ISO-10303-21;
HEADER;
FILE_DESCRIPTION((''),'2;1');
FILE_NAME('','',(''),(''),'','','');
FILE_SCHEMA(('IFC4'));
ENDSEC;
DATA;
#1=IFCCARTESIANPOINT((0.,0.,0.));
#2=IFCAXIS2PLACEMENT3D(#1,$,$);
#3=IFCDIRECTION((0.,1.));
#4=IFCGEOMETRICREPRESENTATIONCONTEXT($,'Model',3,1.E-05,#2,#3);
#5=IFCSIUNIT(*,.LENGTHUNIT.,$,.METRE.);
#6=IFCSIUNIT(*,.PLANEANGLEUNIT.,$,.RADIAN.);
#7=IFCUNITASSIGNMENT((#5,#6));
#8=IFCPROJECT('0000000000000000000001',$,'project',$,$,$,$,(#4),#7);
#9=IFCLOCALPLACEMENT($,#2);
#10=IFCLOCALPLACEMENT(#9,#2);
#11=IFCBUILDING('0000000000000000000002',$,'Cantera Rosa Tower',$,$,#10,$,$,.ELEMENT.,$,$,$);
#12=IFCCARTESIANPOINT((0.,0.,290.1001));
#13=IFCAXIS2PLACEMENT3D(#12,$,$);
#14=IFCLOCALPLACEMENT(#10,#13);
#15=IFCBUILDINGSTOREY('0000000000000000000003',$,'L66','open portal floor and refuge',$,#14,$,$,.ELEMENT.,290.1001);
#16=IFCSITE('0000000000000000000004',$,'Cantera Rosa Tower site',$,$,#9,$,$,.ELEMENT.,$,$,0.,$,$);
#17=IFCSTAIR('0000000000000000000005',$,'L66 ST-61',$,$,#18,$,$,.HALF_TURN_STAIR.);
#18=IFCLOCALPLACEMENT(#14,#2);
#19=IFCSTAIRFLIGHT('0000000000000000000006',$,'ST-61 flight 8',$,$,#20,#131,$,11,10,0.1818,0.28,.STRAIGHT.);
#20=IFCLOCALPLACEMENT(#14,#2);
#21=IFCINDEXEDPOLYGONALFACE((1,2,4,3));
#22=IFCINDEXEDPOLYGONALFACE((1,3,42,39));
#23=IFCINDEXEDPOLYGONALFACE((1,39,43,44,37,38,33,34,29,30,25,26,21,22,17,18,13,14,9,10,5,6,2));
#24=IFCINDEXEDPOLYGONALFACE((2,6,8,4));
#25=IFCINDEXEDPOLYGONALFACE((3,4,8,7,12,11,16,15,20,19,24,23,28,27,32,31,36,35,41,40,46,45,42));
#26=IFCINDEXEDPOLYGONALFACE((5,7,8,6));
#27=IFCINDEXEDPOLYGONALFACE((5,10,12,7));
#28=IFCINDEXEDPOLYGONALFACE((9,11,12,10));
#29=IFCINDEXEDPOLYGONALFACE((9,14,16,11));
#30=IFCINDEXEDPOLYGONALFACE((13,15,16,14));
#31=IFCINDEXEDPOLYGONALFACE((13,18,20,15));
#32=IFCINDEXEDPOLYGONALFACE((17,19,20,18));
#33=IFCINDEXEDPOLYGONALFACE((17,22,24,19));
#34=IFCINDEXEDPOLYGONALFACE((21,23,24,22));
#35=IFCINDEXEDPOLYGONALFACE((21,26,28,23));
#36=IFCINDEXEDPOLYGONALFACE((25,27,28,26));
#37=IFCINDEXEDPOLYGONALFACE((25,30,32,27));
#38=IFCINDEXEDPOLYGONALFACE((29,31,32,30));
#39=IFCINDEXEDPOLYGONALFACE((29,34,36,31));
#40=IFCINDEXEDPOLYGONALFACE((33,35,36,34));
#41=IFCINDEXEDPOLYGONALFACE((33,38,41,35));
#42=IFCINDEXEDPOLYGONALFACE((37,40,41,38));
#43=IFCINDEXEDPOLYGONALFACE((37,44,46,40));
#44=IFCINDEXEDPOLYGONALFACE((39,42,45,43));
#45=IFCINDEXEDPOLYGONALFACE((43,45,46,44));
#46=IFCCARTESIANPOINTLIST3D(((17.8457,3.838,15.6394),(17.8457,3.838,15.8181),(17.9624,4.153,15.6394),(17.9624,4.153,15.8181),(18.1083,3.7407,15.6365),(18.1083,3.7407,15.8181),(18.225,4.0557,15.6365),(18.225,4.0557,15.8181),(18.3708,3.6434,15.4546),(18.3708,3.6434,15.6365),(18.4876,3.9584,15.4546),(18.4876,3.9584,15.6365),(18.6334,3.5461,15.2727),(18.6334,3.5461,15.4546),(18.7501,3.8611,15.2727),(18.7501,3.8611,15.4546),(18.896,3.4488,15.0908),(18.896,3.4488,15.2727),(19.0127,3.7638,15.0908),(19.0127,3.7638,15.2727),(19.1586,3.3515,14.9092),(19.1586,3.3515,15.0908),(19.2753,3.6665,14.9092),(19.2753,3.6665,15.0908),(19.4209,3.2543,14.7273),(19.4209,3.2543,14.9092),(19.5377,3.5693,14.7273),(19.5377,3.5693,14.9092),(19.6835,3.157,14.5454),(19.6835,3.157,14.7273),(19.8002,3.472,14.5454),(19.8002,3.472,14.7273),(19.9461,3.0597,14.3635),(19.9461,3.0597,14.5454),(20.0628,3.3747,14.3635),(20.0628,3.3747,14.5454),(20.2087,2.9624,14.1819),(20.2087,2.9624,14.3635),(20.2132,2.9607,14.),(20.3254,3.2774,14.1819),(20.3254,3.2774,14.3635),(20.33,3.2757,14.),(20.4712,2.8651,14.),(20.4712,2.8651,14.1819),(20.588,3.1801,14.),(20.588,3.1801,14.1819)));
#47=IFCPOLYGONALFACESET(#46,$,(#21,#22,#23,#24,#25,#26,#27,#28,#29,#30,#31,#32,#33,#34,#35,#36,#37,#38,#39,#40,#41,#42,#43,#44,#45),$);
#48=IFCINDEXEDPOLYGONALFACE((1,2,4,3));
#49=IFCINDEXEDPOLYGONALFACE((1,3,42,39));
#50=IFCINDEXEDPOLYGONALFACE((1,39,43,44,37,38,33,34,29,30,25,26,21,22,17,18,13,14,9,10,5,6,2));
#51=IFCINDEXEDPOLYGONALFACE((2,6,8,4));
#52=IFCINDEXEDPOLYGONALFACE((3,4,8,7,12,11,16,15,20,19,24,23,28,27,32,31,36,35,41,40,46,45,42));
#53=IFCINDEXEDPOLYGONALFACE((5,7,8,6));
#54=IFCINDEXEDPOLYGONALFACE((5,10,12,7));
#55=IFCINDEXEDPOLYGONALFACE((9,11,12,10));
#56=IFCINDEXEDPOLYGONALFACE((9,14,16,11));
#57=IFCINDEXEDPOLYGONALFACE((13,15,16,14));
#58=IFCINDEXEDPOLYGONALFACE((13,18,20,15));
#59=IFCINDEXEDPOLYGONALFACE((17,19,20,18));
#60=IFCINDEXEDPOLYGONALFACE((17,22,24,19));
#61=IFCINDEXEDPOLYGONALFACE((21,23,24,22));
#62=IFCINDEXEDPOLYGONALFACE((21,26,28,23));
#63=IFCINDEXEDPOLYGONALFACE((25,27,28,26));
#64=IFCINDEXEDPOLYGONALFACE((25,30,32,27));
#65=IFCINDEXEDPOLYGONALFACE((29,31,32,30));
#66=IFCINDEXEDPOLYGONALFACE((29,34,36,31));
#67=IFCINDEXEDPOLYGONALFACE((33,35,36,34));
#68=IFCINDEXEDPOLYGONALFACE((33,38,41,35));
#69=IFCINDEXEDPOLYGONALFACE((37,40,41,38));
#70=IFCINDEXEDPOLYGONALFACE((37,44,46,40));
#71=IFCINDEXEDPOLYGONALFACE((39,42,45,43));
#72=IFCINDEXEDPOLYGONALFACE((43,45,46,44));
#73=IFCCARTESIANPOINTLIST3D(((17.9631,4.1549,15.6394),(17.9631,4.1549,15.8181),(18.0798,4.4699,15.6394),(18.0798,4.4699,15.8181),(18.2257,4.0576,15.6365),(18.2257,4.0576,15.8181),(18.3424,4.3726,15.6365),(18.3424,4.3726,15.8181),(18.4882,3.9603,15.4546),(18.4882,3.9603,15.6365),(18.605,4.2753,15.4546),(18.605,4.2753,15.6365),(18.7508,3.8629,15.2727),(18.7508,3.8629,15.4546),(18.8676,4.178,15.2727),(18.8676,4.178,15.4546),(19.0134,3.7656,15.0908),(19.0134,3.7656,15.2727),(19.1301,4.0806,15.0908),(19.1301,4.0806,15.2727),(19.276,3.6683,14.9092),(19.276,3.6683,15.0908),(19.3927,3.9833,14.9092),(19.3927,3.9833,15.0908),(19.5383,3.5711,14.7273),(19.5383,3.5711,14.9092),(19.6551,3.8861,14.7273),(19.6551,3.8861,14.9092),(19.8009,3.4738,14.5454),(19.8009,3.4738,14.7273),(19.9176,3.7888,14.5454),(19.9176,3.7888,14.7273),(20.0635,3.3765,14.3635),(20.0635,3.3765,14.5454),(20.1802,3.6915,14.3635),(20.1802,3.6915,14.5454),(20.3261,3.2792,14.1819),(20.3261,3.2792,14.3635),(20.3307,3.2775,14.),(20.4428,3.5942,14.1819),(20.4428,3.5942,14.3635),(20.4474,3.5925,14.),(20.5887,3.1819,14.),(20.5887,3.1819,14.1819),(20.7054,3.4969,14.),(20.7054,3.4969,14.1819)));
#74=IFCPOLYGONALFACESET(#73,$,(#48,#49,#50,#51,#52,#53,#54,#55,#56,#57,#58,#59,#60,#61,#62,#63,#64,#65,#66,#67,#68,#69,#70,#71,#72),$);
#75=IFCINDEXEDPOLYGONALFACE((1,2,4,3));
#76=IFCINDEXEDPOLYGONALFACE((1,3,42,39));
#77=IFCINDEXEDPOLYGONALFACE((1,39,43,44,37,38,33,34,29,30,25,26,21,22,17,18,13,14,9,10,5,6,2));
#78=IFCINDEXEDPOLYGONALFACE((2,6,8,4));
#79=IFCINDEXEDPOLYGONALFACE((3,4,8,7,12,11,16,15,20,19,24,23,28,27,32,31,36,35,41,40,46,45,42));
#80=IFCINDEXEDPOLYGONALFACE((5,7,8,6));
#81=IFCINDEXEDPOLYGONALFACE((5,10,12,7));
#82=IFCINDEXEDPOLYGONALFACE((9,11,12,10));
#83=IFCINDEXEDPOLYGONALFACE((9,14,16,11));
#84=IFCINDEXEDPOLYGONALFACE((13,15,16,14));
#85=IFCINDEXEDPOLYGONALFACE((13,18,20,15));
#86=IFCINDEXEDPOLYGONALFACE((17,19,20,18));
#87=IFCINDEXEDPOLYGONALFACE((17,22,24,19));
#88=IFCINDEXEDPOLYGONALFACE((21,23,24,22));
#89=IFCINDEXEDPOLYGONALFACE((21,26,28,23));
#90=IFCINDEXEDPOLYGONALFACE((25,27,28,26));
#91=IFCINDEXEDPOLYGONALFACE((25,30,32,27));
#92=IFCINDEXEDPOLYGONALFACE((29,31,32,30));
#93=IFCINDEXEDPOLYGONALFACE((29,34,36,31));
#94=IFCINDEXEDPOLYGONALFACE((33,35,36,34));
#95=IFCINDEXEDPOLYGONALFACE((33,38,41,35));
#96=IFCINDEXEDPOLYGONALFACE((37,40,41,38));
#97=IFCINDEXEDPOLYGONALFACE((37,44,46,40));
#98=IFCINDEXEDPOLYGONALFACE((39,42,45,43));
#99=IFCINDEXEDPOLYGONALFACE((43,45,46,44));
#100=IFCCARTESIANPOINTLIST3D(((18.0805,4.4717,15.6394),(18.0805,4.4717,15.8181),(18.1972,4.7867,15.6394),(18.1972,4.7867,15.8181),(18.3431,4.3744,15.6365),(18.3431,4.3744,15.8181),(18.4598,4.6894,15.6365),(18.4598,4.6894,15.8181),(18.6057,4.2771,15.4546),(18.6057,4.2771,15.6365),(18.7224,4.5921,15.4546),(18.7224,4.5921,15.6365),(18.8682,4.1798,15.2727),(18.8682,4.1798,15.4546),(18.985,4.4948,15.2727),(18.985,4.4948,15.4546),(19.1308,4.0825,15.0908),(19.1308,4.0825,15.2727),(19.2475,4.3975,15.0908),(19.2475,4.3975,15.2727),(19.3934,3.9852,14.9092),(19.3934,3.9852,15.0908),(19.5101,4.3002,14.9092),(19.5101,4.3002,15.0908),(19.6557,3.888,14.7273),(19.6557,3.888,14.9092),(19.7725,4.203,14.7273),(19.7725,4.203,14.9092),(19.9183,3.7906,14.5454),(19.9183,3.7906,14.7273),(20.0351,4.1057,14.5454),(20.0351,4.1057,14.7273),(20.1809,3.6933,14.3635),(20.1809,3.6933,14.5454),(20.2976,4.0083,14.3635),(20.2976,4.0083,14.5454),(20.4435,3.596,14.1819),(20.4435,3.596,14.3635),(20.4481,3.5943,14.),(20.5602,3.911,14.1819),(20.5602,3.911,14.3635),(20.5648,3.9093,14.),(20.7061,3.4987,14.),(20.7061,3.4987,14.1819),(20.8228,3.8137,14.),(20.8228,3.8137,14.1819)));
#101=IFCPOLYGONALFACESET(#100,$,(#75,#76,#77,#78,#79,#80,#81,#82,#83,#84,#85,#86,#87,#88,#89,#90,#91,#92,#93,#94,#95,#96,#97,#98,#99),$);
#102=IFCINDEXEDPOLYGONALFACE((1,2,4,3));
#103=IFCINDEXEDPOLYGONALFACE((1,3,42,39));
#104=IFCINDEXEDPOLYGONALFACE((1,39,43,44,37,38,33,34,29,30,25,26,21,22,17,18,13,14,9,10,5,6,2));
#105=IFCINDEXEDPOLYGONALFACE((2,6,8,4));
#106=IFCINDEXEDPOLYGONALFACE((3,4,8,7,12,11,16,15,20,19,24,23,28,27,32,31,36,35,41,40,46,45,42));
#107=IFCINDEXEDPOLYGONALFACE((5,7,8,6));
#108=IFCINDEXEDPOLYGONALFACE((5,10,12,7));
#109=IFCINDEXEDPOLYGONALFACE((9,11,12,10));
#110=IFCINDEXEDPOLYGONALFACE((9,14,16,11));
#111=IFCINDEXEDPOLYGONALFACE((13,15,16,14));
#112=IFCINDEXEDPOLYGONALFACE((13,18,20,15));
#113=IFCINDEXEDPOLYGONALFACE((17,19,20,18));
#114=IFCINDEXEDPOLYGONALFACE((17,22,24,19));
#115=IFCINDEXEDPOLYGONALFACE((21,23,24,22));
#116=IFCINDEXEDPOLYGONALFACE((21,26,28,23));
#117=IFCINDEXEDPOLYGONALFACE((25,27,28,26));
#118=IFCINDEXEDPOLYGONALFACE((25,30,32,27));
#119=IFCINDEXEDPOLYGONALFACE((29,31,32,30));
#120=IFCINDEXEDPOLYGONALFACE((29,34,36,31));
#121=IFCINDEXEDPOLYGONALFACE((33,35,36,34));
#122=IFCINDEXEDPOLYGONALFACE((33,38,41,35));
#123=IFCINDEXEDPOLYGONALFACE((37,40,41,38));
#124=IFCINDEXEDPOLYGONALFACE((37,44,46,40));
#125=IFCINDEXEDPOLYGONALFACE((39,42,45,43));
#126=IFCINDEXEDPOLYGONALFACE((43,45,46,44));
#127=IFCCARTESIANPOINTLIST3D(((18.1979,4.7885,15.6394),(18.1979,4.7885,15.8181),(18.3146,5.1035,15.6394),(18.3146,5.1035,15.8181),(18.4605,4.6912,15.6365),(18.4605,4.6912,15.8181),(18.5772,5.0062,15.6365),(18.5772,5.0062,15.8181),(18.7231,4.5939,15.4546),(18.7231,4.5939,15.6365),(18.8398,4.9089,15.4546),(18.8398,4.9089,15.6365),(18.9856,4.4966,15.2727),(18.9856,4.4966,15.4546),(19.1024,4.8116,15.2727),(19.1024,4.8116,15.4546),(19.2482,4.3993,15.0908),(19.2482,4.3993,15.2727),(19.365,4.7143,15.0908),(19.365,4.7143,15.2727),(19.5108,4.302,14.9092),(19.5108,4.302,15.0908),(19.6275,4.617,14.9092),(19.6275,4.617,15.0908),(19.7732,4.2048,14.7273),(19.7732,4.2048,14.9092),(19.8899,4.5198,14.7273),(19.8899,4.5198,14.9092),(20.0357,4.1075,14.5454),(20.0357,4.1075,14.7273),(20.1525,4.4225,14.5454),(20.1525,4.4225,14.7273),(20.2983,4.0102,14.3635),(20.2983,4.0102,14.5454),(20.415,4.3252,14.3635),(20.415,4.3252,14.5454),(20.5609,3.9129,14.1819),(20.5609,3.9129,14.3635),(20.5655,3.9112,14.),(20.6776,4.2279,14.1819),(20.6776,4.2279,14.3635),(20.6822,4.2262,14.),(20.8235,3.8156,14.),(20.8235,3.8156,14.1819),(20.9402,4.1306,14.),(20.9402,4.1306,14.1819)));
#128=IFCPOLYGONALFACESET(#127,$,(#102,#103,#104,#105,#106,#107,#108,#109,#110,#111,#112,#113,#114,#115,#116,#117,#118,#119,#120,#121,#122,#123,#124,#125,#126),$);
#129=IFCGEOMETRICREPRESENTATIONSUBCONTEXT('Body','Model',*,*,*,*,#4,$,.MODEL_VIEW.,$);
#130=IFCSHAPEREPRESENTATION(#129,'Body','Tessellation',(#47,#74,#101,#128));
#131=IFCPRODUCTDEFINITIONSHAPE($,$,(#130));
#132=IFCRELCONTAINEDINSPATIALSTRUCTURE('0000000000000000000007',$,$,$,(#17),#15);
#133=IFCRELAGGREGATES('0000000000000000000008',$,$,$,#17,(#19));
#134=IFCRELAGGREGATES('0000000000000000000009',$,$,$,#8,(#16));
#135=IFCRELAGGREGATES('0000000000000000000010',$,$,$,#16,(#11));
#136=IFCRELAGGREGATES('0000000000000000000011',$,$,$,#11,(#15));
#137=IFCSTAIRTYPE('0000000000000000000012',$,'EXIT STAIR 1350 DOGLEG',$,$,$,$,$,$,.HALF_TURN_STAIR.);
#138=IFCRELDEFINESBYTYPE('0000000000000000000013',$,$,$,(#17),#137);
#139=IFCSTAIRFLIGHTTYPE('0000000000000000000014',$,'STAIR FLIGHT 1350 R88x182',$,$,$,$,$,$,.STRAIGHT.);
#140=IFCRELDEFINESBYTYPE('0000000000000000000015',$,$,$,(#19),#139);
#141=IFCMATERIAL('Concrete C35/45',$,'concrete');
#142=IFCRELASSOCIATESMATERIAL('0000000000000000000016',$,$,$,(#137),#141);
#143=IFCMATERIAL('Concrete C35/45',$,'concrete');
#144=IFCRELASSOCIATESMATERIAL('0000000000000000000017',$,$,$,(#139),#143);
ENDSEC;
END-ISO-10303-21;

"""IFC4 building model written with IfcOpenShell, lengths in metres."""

from ifc_helpers import new_model, si_unit, direction, frame, origin, place, context, subcontext, project, spatial, polyline, outline, extrude, material, type_object, element, aggregate, save


model = new_model("IFC4")

# Units and contexts
model_context = context("Model", 3, precision=1e-05, world=origin(), true_north=direction((0.0, 1.0)))
body_context = subcontext(model_context, "Body", "Model", "MODEL_VIEW")
ifc_project = project(units=[si_unit("LENGTHUNIT", "METRE"), si_unit("PLANEANGLEUNIT", "RADIAN")], contexts=[model_context])

# Site, building, storey
site_placement = place(None, origin())
site = spatial("IfcSite", under=ifc_project, at=site_placement, Name="Cantera Rosa Tower site", CompositionType="ELEMENT", RefElevation=0.0)
building_placement = place(site_placement, origin())
building = spatial("IfcBuilding", under=site, at=building_placement, Name="Cantera Rosa Tower", CompositionType="ELEMENT")
storey_placement = place(building_placement, frame((0.0, 0.0, 290.1001)))
storey = spatial("IfcBuildingStorey", under=building, at=storey_placement, Name="L66", Description="open portal floor and refuge", CompositionType="ELEMENT", Elevation=290.1001)

# Stair, stair flight
ifc_material_1 = material(Name="Concrete C35/45", Category="concrete")
stair_type = type_object("IfcStairType", Name="EXIT STAIR 1350 DOGLEG", PredefinedType="HALF_TURN_STAIR", material=ifc_material_1)
stair_placement = place(storey_placement, origin())
stair = element("IfcStair", 1, at=stair_placement, inside=storey, type_object=stair_type, Name="L66 ST-61", PredefinedType="HALF_TURN_STAIR")
ifc_material_2 = material(Name="Concrete C35/45", Category="concrete")
stair_flight_type = type_object("IfcStairFlightType", Name="STAIR FLIGHT 1350 R88x182", PredefinedType="STRAIGHT", material=ifc_material_2)
stair_flight_1_placement = place(storey_placement, frame((20.7058, 3.498, 14.0), z_axis=(0.0, 0.0, 1.0), x_axis=(-0.937687, 0.347481, 0.0)))
stair_flight_1 = element("IfcStairFlight", 2, at=stair_flight_1_placement, type_object=stair_flight_type, Name="ST-61 flight 8", NumberOfRisers=11, NumberOfTreads=10, PredefinedType="STRAIGHT", RiserHeight=0.1818, TreadLength=0.28, context=body_context, shape_type="SweptSolid", body=[
    extrude(outline(polyline([(0.0, 0.0), (0.0, 0.1819), (0.28, 0.1819), (0.28, 0.3635), (0.5601, 0.3635), (0.5601, 0.5454), (0.8401, 0.5454), (0.8401, 0.7273), (1.1201, 0.7273), (1.1201, 0.9092), (1.3999, 0.9092), (1.3999, 1.0908), (1.6799, 1.0908), (1.6799, 1.2727), (1.96, 1.2727), (1.96, 1.4546), (2.24, 1.4546), (2.24, 1.6365), (2.52, 1.6365), (2.52, 1.8181), (2.8, 1.8181), (2.8, 2.0), (2.8, 1.6394), (0.2751, 0.0), (0.0, 0.0)])), frame((0.0, 0.675, 0.0), z_axis=(0.0, -1.0, 0.0), x_axis=(1.0, 0.0, 0.0)), (0.0, 0.0, 1.0), 0.3359),
    extrude(outline(polyline([(0.0, 0.0), (0.0, 0.1819), (0.28, 0.1819), (0.28, 0.3635), (0.5601, 0.3635), (0.5601, 0.5454), (0.8401, 0.5454), (0.8401, 0.7273), (1.1201, 0.7273), (1.1201, 0.9092), (1.3999, 0.9092), (1.3999, 1.0908), (1.6799, 1.0908), (1.6799, 1.2727), (1.96, 1.2727), (1.96, 1.4546), (2.24, 1.4546), (2.24, 1.6365), (2.52, 1.6365), (2.52, 1.8181), (2.8, 1.8181), (2.8, 2.0), (2.8, 1.6394), (0.2751, 0.0), (0.0, 0.0)])), frame((0.0, 0.3372, 0.0), z_axis=(0.0, -1.0, 0.0), x_axis=(1.0, 0.0, 0.0)), (0.0, 0.0, 1.0), 0.3359),
    extrude(outline(polyline([(0.0, 0.0), (0.0, 0.1819), (0.28, 0.1819), (0.28, 0.3635), (0.5601, 0.3635), (0.5601, 0.5454), (0.8401, 0.5454), (0.8401, 0.7273), (1.1201, 0.7273), (1.1201, 0.9092), (1.3999, 0.9092), (1.3999, 1.0908), (1.6799, 1.0908), (1.6799, 1.2727), (1.96, 1.2727), (1.96, 1.4546), (2.24, 1.4546), (2.24, 1.6365), (2.52, 1.6365), (2.52, 1.8181), (2.8, 1.8181), (2.8, 2.0), (2.8, 1.6394), (0.2751, 0.0), (0.0, 0.0)])), frame((0.0, -0.0007, 0.0), z_axis=(0.0, -1.0, 0.0), x_axis=(1.0, 0.0, 0.0)), (0.0, 0.0, 1.0), 0.3359),
    extrude(outline(polyline([(0.0, 0.0), (0.0, 0.1819), (0.28, 0.1819), (0.28, 0.3635), (0.5601, 0.3635), (0.5601, 0.5454), (0.8401, 0.5454), (0.8401, 0.7273), (1.1201, 0.7273), (1.1201, 0.9092), (1.3999, 0.9092), (1.3999, 1.0908), (1.6799, 1.0908), (1.6799, 1.2727), (1.96, 1.2727), (1.96, 1.4546), (2.24, 1.4546), (2.24, 1.6365), (2.52, 1.6365), (2.52, 1.8181), (2.8, 1.8181), (2.8, 2.0), (2.8, 1.6394), (0.2751, 0.0), (0.0, 0.0)])), frame((0.0, -0.3386, 0.0), z_axis=(0.0, -1.0, 0.0), x_axis=(1.0, 0.0, 0.0)), (0.0, 0.0, 1.0), 0.3359),
])
aggregate(stair, [stair_flight_1])

save(model, "model.ifc")
